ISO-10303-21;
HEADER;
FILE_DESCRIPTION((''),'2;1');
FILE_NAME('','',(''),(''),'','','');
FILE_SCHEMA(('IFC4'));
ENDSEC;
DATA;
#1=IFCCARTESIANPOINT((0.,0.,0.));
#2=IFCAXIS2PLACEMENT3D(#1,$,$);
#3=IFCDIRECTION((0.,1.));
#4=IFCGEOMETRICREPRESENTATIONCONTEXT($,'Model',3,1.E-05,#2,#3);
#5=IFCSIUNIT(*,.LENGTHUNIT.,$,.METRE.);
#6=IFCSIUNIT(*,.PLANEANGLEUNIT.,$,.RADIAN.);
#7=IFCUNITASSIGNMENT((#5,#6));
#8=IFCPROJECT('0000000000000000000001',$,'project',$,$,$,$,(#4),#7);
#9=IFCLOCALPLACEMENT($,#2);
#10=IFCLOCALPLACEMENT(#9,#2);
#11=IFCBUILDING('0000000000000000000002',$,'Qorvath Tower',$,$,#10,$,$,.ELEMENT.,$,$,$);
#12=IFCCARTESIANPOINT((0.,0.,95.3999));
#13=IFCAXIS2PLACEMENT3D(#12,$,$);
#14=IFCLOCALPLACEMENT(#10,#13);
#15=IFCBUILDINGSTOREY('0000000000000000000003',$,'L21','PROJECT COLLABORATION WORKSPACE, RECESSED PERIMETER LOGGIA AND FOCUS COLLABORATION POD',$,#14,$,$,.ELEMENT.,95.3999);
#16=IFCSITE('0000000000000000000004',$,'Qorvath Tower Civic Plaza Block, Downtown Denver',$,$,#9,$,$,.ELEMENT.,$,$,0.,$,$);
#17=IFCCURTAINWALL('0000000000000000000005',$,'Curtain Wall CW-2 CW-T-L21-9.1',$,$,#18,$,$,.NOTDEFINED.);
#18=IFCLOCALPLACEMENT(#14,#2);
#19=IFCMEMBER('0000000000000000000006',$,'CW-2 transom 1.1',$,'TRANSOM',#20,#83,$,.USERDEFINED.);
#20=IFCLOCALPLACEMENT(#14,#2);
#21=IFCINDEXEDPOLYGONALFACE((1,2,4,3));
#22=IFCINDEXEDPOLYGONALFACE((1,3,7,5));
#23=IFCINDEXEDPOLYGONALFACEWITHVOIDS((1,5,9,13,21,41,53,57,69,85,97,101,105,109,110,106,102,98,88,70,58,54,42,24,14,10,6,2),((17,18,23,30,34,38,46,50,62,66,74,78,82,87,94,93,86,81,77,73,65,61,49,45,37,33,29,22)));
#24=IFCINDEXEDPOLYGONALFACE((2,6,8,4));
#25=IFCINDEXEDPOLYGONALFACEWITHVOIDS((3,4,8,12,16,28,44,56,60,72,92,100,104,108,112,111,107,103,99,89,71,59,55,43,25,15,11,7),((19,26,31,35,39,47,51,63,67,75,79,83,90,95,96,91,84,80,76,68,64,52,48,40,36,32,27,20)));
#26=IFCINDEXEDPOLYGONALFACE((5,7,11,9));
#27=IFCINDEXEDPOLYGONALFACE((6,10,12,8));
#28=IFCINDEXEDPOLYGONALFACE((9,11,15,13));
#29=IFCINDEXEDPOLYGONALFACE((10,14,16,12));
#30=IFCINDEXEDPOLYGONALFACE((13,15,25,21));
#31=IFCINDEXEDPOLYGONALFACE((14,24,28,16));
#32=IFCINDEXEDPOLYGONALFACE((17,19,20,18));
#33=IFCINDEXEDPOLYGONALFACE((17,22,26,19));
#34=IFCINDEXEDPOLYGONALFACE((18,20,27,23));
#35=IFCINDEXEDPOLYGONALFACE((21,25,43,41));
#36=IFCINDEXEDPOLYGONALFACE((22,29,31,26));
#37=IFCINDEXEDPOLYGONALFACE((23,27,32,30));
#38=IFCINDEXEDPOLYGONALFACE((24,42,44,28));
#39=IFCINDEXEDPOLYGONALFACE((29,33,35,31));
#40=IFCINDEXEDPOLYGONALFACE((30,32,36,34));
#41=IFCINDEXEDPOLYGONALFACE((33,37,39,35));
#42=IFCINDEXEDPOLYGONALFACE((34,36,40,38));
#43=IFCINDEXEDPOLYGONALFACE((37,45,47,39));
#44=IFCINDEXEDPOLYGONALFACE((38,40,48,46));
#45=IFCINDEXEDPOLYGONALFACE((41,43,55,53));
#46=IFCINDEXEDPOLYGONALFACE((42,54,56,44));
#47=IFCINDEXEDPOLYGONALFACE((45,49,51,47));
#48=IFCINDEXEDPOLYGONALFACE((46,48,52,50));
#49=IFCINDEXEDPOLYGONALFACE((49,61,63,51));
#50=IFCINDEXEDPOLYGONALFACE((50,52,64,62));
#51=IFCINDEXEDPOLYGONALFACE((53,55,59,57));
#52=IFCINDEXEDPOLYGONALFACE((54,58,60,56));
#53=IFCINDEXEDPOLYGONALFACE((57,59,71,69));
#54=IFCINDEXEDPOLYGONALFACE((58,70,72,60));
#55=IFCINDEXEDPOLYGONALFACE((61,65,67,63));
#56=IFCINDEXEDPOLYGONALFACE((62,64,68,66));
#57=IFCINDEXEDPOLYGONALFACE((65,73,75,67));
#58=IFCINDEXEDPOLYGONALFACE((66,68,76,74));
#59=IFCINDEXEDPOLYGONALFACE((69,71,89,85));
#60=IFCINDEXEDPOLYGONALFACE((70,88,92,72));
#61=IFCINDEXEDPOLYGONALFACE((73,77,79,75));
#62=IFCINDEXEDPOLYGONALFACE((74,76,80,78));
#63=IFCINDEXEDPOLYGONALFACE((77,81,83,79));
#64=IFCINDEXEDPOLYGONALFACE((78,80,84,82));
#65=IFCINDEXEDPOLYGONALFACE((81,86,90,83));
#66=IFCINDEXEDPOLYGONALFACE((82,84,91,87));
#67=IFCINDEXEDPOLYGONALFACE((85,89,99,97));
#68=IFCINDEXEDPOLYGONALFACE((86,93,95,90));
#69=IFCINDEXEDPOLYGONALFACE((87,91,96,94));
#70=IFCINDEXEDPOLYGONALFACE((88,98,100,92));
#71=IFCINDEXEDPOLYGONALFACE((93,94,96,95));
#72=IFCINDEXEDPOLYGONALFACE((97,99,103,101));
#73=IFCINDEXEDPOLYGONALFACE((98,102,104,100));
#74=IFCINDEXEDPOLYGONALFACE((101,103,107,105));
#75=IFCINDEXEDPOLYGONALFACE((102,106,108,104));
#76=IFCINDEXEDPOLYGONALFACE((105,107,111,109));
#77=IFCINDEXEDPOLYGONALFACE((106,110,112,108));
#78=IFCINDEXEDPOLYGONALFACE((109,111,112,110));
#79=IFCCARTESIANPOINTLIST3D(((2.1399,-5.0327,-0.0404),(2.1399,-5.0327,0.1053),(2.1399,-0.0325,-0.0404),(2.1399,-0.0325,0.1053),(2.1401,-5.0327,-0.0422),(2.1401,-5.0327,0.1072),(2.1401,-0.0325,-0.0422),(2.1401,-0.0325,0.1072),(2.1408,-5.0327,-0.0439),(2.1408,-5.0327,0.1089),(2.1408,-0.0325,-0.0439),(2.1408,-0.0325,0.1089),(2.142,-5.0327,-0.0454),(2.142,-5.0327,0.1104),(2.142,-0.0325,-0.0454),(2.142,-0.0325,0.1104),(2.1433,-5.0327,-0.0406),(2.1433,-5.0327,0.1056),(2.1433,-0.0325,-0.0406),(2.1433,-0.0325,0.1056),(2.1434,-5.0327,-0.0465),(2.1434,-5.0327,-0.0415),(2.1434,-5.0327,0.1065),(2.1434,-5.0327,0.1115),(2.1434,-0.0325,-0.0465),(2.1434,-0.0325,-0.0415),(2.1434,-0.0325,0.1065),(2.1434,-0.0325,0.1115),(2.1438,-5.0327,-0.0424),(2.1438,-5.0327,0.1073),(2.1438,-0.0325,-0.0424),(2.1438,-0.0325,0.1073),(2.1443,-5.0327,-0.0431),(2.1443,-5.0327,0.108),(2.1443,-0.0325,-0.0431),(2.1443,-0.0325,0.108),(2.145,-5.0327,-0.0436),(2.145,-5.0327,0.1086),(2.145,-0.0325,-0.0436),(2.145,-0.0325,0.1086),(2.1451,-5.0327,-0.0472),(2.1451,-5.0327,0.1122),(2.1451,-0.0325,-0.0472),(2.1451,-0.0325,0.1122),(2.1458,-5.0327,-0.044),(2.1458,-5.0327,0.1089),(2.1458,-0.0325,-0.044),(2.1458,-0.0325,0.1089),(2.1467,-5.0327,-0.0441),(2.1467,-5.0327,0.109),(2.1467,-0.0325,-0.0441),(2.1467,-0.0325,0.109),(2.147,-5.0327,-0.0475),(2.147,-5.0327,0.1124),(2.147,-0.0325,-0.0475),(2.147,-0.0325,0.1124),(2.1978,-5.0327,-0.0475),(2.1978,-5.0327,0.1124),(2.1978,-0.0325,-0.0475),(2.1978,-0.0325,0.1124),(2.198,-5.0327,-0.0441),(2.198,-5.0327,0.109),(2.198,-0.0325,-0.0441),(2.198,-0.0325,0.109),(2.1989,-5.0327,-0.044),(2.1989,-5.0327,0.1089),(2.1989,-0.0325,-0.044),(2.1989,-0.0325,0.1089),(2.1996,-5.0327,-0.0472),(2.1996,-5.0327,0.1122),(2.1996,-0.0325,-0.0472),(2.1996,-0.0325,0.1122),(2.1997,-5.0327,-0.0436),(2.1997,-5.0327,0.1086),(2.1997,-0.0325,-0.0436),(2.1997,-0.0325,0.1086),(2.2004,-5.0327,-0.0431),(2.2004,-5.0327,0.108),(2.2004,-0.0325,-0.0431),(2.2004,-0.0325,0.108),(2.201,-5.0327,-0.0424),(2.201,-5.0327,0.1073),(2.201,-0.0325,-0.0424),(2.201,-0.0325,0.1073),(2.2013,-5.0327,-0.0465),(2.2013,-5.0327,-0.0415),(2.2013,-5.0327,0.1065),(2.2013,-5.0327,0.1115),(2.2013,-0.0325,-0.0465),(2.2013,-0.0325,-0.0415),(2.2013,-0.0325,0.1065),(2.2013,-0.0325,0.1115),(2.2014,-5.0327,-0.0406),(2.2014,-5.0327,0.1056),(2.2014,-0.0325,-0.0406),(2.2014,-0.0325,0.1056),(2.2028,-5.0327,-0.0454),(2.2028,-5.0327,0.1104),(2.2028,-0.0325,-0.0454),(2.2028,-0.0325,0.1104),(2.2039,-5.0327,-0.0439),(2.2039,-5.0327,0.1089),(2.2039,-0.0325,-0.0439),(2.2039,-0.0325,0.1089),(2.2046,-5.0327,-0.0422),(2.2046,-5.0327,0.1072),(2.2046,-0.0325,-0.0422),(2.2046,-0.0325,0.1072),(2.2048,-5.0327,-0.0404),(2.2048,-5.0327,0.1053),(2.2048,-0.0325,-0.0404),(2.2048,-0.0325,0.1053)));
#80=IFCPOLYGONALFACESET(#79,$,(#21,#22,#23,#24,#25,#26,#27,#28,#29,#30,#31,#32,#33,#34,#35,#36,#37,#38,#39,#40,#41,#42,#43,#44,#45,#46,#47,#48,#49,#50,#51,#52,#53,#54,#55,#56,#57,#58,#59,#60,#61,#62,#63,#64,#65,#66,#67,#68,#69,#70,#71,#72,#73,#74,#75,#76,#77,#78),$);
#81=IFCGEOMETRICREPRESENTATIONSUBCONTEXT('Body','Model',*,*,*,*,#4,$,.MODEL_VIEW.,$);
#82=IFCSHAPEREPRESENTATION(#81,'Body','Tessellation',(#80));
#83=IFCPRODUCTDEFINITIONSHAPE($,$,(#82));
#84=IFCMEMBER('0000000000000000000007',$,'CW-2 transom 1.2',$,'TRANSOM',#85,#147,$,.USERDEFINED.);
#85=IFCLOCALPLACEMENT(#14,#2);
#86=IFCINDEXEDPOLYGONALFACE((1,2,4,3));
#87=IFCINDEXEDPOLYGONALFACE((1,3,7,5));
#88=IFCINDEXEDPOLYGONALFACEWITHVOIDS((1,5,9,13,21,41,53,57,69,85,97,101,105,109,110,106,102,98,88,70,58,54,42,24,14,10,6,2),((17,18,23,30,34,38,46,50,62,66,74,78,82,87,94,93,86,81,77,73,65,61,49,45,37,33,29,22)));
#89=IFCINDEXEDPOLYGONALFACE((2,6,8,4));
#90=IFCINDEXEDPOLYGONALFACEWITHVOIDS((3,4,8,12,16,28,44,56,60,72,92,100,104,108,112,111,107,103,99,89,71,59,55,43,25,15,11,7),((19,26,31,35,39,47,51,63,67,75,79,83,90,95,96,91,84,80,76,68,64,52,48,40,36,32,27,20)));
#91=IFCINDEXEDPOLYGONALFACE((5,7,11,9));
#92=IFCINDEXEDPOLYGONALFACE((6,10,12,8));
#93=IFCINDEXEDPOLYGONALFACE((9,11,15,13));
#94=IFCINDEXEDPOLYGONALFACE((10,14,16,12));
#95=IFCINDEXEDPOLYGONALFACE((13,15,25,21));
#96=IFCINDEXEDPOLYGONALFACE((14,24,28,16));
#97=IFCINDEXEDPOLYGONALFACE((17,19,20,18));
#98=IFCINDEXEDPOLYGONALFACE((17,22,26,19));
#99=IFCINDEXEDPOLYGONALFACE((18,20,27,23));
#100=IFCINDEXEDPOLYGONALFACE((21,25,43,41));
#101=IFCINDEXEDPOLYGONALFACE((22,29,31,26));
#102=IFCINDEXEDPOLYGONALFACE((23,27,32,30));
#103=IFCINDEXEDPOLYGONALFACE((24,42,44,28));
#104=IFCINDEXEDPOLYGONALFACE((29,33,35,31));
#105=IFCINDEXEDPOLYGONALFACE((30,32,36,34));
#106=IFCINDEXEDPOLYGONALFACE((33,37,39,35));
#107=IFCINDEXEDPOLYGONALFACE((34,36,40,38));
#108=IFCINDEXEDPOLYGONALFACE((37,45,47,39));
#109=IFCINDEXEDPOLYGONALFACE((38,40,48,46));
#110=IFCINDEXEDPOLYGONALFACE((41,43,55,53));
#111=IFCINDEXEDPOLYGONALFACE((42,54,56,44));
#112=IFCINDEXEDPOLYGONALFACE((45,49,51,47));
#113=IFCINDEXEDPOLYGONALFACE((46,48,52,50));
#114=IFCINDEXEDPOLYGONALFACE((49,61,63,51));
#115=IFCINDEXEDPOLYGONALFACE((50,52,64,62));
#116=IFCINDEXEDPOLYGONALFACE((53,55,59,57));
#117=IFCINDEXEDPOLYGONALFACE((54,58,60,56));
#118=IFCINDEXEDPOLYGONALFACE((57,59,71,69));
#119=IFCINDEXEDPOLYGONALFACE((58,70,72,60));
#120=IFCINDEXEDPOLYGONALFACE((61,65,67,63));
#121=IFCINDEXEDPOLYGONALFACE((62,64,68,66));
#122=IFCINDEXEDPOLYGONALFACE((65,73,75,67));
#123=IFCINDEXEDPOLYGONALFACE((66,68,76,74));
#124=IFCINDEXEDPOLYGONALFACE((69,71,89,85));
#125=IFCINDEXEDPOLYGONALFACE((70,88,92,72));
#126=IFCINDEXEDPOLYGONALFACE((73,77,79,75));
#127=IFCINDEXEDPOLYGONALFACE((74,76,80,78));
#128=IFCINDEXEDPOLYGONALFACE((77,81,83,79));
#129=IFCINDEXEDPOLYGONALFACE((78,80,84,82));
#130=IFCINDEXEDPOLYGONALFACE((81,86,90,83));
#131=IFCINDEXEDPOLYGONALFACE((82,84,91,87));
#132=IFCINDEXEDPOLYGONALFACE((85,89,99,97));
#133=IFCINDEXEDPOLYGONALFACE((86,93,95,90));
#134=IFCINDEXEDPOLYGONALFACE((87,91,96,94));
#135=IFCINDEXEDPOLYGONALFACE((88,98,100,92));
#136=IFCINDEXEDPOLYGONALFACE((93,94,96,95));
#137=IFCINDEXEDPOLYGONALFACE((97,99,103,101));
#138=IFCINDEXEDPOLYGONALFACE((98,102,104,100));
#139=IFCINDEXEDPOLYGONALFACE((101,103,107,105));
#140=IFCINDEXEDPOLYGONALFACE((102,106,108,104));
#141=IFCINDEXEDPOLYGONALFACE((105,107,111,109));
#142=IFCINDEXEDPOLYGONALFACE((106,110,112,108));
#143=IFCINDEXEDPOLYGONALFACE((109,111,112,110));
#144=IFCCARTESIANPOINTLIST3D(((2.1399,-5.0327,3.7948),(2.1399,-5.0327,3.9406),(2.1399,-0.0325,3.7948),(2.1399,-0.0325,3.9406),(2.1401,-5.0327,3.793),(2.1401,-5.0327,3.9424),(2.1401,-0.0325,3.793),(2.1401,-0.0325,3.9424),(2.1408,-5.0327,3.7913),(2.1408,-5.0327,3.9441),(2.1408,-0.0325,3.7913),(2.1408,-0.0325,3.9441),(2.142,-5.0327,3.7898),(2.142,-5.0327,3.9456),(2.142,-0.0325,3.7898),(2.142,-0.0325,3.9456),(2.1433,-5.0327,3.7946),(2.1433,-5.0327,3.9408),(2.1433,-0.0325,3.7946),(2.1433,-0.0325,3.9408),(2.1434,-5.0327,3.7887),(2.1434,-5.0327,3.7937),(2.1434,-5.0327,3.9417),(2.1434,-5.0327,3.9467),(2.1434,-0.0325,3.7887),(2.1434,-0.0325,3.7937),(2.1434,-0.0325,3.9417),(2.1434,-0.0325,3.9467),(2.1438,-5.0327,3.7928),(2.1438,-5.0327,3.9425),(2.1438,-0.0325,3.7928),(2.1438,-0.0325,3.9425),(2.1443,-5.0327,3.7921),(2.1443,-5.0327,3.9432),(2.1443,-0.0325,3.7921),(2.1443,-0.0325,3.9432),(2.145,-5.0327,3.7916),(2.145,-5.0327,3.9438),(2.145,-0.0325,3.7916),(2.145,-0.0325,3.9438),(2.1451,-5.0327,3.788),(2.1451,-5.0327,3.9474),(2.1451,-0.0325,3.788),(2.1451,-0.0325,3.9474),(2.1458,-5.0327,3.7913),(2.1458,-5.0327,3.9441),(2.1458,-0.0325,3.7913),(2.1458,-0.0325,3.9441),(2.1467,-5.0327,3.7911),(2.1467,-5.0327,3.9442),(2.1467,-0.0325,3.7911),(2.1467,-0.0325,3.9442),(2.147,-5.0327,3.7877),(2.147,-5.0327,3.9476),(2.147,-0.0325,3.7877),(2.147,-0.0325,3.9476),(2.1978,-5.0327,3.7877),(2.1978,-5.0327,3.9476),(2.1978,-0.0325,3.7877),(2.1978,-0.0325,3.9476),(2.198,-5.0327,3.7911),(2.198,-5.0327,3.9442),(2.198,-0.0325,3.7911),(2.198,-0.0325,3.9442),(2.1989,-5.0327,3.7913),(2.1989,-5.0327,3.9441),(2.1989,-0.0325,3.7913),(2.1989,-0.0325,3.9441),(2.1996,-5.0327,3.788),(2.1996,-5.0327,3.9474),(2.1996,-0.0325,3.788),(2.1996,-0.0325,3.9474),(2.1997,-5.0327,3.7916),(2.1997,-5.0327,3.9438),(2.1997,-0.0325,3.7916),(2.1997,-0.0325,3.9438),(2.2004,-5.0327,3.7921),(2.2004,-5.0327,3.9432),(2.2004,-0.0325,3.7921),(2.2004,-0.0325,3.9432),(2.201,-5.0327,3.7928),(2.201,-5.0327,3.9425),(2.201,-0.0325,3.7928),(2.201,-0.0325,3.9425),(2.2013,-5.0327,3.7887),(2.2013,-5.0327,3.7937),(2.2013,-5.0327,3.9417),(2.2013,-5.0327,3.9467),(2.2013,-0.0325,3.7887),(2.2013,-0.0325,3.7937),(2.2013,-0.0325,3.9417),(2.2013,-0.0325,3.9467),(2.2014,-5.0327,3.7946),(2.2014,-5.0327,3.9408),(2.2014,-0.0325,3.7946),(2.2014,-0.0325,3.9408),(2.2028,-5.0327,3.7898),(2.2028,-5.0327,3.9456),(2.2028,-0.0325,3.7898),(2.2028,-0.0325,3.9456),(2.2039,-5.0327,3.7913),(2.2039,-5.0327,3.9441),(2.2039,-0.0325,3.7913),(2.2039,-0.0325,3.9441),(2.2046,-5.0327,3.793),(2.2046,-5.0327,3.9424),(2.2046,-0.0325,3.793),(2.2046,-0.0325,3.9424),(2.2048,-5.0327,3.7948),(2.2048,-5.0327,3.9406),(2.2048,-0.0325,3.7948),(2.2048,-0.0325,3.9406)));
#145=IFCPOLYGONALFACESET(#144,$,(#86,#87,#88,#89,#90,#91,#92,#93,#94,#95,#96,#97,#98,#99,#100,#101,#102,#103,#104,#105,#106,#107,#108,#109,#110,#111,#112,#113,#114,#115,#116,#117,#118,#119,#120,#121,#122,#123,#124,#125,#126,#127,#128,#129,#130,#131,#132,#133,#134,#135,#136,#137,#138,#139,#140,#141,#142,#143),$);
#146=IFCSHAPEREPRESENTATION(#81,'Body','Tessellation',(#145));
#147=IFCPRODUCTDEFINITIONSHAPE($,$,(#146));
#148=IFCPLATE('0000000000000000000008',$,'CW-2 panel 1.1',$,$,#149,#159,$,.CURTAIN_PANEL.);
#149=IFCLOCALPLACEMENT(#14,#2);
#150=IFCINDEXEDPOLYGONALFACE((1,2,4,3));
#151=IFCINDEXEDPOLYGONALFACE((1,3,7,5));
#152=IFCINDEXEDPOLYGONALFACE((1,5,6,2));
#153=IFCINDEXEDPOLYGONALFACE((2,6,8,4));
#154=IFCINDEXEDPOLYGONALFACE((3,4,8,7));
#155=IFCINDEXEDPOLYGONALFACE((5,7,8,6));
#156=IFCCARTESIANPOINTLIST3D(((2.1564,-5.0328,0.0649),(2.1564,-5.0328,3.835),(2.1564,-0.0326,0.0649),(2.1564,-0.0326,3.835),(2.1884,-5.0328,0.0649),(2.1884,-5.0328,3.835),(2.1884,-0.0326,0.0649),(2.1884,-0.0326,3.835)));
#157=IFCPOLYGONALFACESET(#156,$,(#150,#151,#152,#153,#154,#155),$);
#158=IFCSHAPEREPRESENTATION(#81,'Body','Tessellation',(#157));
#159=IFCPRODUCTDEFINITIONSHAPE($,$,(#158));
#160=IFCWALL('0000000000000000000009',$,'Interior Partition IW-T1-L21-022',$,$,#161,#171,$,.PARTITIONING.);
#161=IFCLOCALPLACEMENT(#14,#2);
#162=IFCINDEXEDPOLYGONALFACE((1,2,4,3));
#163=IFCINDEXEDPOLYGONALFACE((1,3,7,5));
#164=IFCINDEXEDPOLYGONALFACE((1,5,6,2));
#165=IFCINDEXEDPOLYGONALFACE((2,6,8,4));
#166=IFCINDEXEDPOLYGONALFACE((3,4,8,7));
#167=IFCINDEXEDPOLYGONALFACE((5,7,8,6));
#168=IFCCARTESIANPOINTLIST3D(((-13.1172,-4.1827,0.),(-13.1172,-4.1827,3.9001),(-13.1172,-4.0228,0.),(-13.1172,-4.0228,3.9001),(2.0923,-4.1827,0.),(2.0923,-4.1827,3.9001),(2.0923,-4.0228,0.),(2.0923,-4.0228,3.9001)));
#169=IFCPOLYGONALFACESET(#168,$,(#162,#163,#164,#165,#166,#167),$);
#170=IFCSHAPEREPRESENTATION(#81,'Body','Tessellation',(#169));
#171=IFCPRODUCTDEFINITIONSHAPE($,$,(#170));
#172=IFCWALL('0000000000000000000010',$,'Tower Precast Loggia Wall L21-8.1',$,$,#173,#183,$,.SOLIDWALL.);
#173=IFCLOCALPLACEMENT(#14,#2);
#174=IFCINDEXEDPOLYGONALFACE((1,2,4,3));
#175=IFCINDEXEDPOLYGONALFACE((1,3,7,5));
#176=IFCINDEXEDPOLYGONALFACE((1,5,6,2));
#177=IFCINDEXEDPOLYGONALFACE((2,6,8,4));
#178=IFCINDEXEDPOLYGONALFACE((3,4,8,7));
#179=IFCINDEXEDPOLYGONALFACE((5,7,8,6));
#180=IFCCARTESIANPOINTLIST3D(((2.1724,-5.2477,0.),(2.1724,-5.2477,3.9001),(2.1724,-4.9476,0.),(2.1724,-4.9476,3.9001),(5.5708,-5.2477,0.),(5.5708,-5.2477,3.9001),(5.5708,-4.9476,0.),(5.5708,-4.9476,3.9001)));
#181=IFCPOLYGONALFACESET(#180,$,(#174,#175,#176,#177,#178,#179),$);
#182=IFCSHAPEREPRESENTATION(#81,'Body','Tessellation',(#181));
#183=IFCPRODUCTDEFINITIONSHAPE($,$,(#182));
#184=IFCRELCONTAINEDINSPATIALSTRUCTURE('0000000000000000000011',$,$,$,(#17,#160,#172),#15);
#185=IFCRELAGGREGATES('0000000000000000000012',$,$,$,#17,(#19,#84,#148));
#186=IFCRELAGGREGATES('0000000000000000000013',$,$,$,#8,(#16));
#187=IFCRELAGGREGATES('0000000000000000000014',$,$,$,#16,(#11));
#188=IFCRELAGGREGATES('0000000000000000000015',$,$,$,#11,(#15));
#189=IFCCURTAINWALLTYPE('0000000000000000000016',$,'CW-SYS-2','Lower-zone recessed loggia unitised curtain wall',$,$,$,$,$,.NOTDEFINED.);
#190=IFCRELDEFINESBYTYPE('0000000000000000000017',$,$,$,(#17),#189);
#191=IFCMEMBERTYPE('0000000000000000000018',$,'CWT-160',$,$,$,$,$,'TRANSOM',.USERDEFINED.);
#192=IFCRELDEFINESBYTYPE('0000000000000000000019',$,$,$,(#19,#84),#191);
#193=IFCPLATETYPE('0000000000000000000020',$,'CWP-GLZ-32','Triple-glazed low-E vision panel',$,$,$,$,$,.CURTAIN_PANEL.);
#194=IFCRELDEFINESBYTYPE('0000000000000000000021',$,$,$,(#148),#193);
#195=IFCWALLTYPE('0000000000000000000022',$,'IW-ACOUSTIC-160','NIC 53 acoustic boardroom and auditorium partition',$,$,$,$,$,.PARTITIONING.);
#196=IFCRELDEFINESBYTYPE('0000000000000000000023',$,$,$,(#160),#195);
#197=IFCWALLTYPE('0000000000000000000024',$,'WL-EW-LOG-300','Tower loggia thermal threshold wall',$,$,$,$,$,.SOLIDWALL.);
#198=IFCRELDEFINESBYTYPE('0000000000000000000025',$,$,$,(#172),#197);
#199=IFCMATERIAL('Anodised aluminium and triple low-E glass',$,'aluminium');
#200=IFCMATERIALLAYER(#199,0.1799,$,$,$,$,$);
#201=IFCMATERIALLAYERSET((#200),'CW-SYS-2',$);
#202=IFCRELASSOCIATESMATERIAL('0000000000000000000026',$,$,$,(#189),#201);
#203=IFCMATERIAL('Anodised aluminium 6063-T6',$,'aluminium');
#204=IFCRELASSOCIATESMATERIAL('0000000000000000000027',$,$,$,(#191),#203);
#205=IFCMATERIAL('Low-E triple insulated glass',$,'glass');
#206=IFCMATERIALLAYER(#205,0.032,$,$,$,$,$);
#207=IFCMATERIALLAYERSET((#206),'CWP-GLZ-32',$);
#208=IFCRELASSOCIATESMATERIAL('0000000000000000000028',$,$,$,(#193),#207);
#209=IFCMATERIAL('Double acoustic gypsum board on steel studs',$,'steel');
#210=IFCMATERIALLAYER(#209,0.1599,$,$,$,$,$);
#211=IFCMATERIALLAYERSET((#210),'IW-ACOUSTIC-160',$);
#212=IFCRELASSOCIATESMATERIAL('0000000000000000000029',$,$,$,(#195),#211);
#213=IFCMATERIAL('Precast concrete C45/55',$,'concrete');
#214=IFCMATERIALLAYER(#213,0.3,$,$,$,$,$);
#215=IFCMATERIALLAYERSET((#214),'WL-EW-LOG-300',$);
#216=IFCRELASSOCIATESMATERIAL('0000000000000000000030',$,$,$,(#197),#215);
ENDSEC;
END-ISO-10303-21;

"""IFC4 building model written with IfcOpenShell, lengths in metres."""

from ifc_helpers import new_model, si_unit, direction, frame, frame_2d, origin, origin_2d, place, context, subcontext, project, spatial, rectangle, hollow_rectangle, extrude, material, layer, layer_set, material_profile, profile_set, type_object, element, aggregate, save


model = new_model("IFC4")

# Units and contexts
model_context = context("Model", 3, precision=1e-05, world=origin(), true_north=direction((0.0, 1.0)))
body_context = subcontext(model_context, "Body", "Model", "MODEL_VIEW")
ifc_project = project(units=[si_unit("LENGTHUNIT", "METRE"), si_unit("PLANEANGLEUNIT", "RADIAN")], contexts=[model_context])

# Site, building, storey
site_placement = place(None, origin())
site = spatial("IfcSite", under=ifc_project, at=site_placement, Name="Qorvath Tower Civic Plaza Block, Downtown Denver", CompositionType="ELEMENT", RefElevation=0.0)
building_placement = place(site_placement, origin())
building = spatial("IfcBuilding", under=site, at=building_placement, Name="Qorvath Tower", CompositionType="ELEMENT")
storey_placement = place(building_placement, frame((0.0, 0.0, 95.3999)))
storey = spatial("IfcBuildingStorey", under=building, at=storey_placement, Name="L21", Description="PROJECT COLLABORATION WORKSPACE, RECESSED PERIMETER LOGGIA AND FOCUS COLLABORATION POD", CompositionType="ELEMENT", Elevation=95.3999)

# Shared definitions
ifc_material_1 = material(Name="Anodised aluminium and triple low-E glass", Category="aluminium")
ifc_layer_1 = layer(ifc_material_1, 0.1799)
ifc_layer_set_1 = layer_set([ifc_layer_1], Name="CW-SYS-2")
curtain_wall_type = type_object("IfcCurtainWallType", Name="CW-SYS-2", Description="Lower-zone recessed loggia unitised curtain wall", PredefinedType="NOTDEFINED", material=ifc_layer_set_1)

# Curtain wall, members, plate
curtain_wall_1_placement = place(storey_placement, origin())
curtain_wall_1 = element("IfcCurtainWall", 1, at=curtain_wall_1_placement, inside=storey, type_object=curtain_wall_type, Name="Curtain Wall CW-2 CW-T-L21-9.1", PredefinedType="NOTDEFINED")
ifc_material_2 = material(Name="Anodised aluminium 6063-T6", Category="aluminium")
ifc_material_profile_1 = material_profile(ifc_material_2, hollow_rectangle(XDim=0.0649, YDim=0.1599, WallThickness=0.0034, InnerFilletRadius=0.0034, OuterFilletRadius=0.0071, at=origin_2d()), Name="CWT 160x65")
ifc_profile_set_1 = profile_set([ifc_material_profile_1], Name="Anodised aluminium 6063-T6")
member_type_1 = type_object("IfcMemberType", Name="CWT-160", ElementType="TRANSOM", PredefinedType="USERDEFINED", material=ifc_profile_set_1)
member_1_placement = place(storey_placement, frame((2.1724, -5.0327, 0.0325), z_axis=(0.0, 1.0, 0.0), x_axis=(-1.0, 0.0, 0.0)))
member_1 = element("IfcMember", 2, at=member_1_placement, type_object=member_type_1, Name="CW-2 transom 1.1", ObjectType="TRANSOM", PredefinedType="USERDEFINED", context=body_context, shape_type="SweptSolid", body=[
    extrude(hollow_rectangle(XDim=0.0649, YDim=0.1599, WallThickness=0.0034, InnerFilletRadius=0.0034, OuterFilletRadius=0.0071, at=origin_2d()), origin(), (0.0, 0.0, 1.0), 5.0002),
])
member_2_placement = place(storey_placement, frame((2.1724, -5.0327, 3.8677), z_axis=(0.0, 1.0, 0.0), x_axis=(-1.0, 0.0, 0.0)))
member_2 = element("IfcMember", 3, at=member_2_placement, type_object=member_type_1, Name="CW-2 transom 1.2", ObjectType="TRANSOM", PredefinedType="USERDEFINED", context=body_context, shape_type="SweptSolid", body=[
    extrude(hollow_rectangle(XDim=0.0649, YDim=0.1599, WallThickness=0.0034, InnerFilletRadius=0.0034, OuterFilletRadius=0.0071, at=origin_2d()), origin(), (0.0, 0.0, 1.0), 5.0002),
])
ifc_material_3 = material(Name="Low-E triple insulated glass", Category="glass")
ifc_layer_2 = layer(ifc_material_3, 0.032)
ifc_layer_set_2 = layer_set([ifc_layer_2], Name="CWP-GLZ-32")
plate_type = type_object("IfcPlateType", Name="CWP-GLZ-32", Description="Triple-glazed low-E vision panel", PredefinedType="CURTAIN_PANEL", material=ifc_layer_set_2)
plate_placement = place(storey_placement, frame((2.1724, -2.5327, 0.0649), z_axis=(0.0, 0.0, 1.0), x_axis=(0.0, 1.0, 0.0)))
plate = element("IfcPlate", 4, at=plate_placement, type_object=plate_type, Name="CW-2 panel 1.1", PredefinedType="CURTAIN_PANEL", context=body_context, shape_type="SweptSolid", body=[
    extrude(rectangle(XDim=5.0002, YDim=0.032, at=origin_2d()), origin(), (0.0, 0.0, 1.0), 3.77),
])
aggregate(curtain_wall_1, [member_1, member_2, plate])

# Walls
ifc_material_4 = material(Name="Double acoustic gypsum board on steel studs", Category="steel")
ifc_layer_3 = layer(ifc_material_4, 0.1599)
ifc_layer_set_3 = layer_set([ifc_layer_3], Name="IW-ACOUSTIC-160")
wall_type_1 = type_object("IfcWallType", Name="IW-ACOUSTIC-160", Description="NIC 53 acoustic boardroom and auditorium partition", PredefinedType="PARTITIONING", material=ifc_layer_set_3)
wall_1_placement = place(storey_placement, frame((2.0923, -4.1028, 0.0), z_axis=(0.0, 0.0, 1.0), x_axis=(-1.0, 0.0, 0.0)))
element("IfcWall", 5, at=wall_1_placement, inside=storey, type_object=wall_type_1, Name="Interior Partition IW-T1-L21-022", PredefinedType="PARTITIONING", context=body_context, shape_type="SweptSolid", body=[
    extrude(rectangle(XDim=15.2095, YDim=0.1599, at=frame_2d((7.6047, 0.0))), origin(), (0.0, 0.0, 1.0), 3.9001),
])
ifc_material_5 = material(Name="Precast concrete C45/55", Category="concrete")
ifc_layer_4 = layer(ifc_material_5, 0.3)
ifc_layer_set_4 = layer_set([ifc_layer_4], Name="WL-EW-LOG-300")
wall_type_2 = type_object("IfcWallType", Name="WL-EW-LOG-300", Description="Tower loggia thermal threshold wall", PredefinedType="SOLIDWALL", material=ifc_layer_set_4)
wall_2_placement = place(storey_placement, frame((5.5708, -5.0977, 0.0), z_axis=(0.0, 0.0, 1.0), x_axis=(-1.0, 0.0, 0.0)))
element("IfcWall", 6, at=wall_2_placement, inside=storey, type_object=wall_type_2, Name="Tower Precast Loggia Wall L21-8.1", PredefinedType="SOLIDWALL", context=body_context, shape_type="SweptSolid", body=[
    extrude(rectangle(XDim=3.3984, YDim=0.3, at=frame_2d((1.6992, 0.0))), origin(), (0.0, 0.0, 1.0), 3.9001),
])

save(model, "model.ifc")
